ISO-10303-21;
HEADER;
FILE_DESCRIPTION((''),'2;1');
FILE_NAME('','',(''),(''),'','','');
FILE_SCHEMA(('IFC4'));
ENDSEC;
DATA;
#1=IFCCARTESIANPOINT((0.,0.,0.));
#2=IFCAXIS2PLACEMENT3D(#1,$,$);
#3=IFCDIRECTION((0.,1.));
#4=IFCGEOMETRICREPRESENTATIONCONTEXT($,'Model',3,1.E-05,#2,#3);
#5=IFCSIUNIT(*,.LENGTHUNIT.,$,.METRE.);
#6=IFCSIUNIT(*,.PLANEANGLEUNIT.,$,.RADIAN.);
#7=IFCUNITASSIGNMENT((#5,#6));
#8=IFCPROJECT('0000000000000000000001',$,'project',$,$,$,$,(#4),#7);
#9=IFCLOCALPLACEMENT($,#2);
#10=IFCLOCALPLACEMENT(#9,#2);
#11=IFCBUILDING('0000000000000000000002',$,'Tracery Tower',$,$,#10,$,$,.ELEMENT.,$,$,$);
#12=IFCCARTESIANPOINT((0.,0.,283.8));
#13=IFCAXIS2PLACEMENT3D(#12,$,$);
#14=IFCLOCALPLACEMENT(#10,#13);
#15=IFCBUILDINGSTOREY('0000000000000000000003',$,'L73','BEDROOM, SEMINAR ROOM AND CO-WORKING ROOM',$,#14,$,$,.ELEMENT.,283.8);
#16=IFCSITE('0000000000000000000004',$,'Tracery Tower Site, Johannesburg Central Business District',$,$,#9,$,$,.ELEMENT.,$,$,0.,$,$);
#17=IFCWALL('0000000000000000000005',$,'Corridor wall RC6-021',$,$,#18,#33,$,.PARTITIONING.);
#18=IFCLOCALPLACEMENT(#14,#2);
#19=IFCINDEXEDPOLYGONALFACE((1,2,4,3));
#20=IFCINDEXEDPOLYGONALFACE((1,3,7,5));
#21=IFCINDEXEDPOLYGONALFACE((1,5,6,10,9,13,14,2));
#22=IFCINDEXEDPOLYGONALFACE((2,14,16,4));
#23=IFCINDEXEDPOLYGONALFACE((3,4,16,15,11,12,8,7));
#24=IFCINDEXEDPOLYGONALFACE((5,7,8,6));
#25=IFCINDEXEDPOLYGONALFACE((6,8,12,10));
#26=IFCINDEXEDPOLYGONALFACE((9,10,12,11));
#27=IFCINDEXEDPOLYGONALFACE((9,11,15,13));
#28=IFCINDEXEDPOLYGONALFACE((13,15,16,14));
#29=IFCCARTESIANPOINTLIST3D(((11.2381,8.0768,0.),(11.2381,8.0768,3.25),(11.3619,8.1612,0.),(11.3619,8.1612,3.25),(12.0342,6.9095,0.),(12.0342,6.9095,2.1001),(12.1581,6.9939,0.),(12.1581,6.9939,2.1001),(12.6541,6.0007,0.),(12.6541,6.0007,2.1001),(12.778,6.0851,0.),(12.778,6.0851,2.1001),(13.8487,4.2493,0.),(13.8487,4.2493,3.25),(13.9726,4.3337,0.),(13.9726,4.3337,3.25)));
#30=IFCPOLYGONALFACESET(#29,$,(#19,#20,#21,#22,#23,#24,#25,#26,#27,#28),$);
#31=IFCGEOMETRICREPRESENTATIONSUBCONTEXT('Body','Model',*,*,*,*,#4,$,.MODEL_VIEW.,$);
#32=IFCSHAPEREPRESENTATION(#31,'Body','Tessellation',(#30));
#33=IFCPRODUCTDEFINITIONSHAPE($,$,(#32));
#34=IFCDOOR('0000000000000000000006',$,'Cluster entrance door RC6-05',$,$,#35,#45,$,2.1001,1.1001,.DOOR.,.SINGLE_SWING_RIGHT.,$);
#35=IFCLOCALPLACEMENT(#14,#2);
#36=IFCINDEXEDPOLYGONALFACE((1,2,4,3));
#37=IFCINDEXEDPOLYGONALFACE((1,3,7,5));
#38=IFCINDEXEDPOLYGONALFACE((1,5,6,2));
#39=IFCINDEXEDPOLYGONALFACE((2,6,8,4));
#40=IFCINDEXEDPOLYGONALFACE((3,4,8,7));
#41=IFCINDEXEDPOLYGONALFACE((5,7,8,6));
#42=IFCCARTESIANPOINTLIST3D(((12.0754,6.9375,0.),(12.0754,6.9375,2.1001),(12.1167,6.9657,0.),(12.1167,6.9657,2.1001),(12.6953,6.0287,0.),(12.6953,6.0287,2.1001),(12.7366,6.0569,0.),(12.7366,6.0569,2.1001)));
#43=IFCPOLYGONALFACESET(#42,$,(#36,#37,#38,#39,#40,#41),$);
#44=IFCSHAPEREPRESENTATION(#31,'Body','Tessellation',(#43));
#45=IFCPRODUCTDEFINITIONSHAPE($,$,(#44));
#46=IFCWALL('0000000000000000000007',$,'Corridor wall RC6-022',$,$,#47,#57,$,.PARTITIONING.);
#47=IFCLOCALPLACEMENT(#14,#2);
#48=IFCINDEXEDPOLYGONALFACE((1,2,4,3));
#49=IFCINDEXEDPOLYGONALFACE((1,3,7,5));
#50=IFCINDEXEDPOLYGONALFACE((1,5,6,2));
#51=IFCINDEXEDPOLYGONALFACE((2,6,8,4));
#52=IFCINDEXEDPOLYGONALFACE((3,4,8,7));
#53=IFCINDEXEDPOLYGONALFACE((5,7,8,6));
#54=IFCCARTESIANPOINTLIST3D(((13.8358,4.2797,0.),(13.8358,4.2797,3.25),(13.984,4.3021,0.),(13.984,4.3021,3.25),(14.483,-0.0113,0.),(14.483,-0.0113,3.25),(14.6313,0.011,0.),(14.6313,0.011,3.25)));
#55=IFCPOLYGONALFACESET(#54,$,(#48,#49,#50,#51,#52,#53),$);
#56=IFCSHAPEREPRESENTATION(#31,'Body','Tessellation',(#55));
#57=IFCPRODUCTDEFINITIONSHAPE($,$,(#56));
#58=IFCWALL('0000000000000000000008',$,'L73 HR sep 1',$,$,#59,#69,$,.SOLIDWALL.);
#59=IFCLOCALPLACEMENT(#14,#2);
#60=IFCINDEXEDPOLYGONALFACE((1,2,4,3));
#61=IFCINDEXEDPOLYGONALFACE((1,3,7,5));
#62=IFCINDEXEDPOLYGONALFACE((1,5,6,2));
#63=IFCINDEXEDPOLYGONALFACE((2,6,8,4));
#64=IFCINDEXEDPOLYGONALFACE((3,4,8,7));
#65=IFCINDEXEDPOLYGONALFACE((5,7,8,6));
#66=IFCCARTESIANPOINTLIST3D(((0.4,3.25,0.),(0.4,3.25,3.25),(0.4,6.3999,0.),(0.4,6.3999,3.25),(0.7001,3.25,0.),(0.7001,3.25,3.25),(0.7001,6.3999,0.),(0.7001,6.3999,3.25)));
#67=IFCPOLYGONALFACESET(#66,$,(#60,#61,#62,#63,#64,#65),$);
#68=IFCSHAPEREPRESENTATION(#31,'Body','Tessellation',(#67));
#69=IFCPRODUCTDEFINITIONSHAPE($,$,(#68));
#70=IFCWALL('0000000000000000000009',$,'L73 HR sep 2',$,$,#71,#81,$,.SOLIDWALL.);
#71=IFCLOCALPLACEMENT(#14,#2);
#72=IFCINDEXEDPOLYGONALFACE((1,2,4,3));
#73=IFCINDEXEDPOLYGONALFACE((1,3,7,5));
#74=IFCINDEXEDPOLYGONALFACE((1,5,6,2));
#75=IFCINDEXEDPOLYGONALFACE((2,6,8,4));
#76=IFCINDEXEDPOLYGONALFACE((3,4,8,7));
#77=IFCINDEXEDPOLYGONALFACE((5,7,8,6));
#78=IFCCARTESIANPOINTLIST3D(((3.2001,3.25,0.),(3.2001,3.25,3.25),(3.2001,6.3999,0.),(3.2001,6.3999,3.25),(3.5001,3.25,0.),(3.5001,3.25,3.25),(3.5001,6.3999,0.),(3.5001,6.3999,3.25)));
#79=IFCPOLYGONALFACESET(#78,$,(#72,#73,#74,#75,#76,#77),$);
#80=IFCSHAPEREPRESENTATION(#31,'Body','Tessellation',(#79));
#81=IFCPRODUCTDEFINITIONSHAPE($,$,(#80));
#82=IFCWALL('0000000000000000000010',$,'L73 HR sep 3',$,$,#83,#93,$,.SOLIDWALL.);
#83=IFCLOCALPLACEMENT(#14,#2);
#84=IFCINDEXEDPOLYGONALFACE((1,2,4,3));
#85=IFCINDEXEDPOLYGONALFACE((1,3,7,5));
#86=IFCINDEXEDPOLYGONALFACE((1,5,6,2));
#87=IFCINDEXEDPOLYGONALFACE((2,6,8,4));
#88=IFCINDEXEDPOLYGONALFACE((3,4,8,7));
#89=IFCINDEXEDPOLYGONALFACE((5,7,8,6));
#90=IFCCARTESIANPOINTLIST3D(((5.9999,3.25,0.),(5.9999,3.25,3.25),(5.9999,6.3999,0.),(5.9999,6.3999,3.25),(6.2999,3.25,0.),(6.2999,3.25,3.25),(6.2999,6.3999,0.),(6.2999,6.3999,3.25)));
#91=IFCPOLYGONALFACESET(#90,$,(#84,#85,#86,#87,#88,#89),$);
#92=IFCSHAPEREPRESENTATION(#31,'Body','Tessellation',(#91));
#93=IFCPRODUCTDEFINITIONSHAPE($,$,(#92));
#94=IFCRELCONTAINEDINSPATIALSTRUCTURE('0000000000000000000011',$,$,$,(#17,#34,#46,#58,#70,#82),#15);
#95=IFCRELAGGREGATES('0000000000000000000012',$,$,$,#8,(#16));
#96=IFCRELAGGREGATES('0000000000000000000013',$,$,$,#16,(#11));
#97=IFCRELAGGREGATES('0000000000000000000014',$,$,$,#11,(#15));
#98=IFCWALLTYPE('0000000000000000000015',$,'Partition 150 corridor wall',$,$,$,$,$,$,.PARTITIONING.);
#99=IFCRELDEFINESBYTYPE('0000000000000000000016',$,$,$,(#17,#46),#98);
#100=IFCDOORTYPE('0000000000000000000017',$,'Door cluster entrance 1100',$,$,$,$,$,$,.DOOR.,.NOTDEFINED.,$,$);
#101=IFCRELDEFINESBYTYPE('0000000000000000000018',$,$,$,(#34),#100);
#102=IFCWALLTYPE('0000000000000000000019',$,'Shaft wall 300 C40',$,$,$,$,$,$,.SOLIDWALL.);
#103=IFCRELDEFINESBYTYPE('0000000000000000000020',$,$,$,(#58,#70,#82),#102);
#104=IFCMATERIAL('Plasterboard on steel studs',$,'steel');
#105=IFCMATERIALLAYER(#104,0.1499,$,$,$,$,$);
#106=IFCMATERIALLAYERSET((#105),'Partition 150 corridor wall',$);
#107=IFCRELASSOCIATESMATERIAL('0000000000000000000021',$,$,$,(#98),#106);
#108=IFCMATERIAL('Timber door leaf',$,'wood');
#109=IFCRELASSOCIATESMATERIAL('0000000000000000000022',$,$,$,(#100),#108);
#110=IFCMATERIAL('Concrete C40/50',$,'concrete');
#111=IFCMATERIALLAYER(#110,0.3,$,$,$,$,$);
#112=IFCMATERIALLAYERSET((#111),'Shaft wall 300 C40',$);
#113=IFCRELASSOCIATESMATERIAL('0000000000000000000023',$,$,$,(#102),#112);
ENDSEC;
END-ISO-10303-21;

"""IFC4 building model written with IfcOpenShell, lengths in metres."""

from ifc_helpers import new_model, si_unit, direction, frame, frame_2d, origin, place, context, subcontext, project, spatial, rectangle, extrude, material, layer, layer_set, type_object, element, fill, save


model = new_model("IFC4")

# Units and contexts
model_context = context("Model", 3, precision=1e-05, world=origin(), true_north=direction((0.0, 1.0)))
body_context = subcontext(model_context, "Body", "Model", "MODEL_VIEW")
ifc_project = project(units=[si_unit("LENGTHUNIT", "METRE"), si_unit("PLANEANGLEUNIT", "RADIAN")], contexts=[model_context])

# Site, building, storey
site_placement = place(None, origin())
site = spatial("IfcSite", under=ifc_project, at=site_placement, Name="Tracery Tower Site, Johannesburg Central Business District", CompositionType="ELEMENT", RefElevation=0.0)
building_placement = place(site_placement, origin())
building = spatial("IfcBuilding", under=site, at=building_placement, Name="Tracery Tower", CompositionType="ELEMENT")
storey_placement = place(building_placement, frame((0.0, 0.0, 283.8)))
storey = spatial("IfcBuildingStorey", under=building, at=storey_placement, Name="L73", Description="BEDROOM, SEMINAR ROOM AND CO-WORKING ROOM", CompositionType="ELEMENT", Elevation=283.8)

# Shared definitions
ifc_material_1 = material(Name="Plasterboard on steel studs", Category="steel")
ifc_layer_1 = layer(ifc_material_1, 0.1499)
ifc_layer_set_1 = layer_set([ifc_layer_1], Name="Partition 150 corridor wall")
wall_type_1 = type_object("IfcWallType", Name="Partition 150 corridor wall", PredefinedType="PARTITIONING", material=ifc_layer_set_1)

# Wall, opening, door
wall_1_placement = place(storey_placement, frame((11.3, 8.1189, 0.0), z_axis=(0.0, 0.0, 1.0), x_axis=(0.563486, -0.826126, 0.0)))
wall_1 = element("IfcWall", 1, at=wall_1_placement, inside=storey, type_object=wall_type_1, Name="Corridor wall RC6-021", PredefinedType="PARTITIONING", context=body_context, shape_type="SweptSolid", body=[
    extrude(rectangle(XDim=4.6331, YDim=0.1499, at=frame_2d((2.3164, 0.0))), origin(), (0.0, 0.0, 1.0), 3.25),
])
opening_1_placement = place(wall_1_placement, frame((1.4128, 0.0, 0.0)))
opening_1 = element("IfcOpeningElement", 2, at=opening_1_placement, cuts=wall_1, PredefinedType="OPENING", context=body_context, shape_type="SweptSolid", body=[
    extrude(rectangle(XDim=1.1001, YDim=2.1001, at=frame_2d((0.55, 1.05))), frame((0.0, 0.075, 0.0), z_axis=(0.0, -1.0, 0.0), x_axis=(1.0, 0.0, 0.0)), (0.0, 0.0, 1.0), 0.1499),
])
ifc_material_2 = material(Name="Timber door leaf", Category="wood")
door_type_1 = type_object("IfcDoorType", Name="Door cluster entrance 1100", OperationType="NOTDEFINED", PredefinedType="DOOR", material=ifc_material_2)
door_1_placement = place(opening_1_placement, origin())
door_1 = element("IfcDoor", 3, at=door_1_placement, inside=storey, type_object=door_type_1, Name="Cluster entrance door RC6-05", OperationType="SINGLE_SWING_RIGHT", OverallHeight=2.1001, OverallWidth=1.1001, PredefinedType="DOOR", context=body_context, shape_type="SweptSolid", body=[
    extrude(rectangle(XDim=1.1001, YDim=2.1001, at=frame_2d((0.55, 1.05))), frame((0.0, 0.0249, 0.0), z_axis=(0.0, -1.0, 0.0), x_axis=(1.0, 0.0, 0.0)), (0.0, 0.0, 1.0), 0.05),
])
fill(opening_1, door_1)

# Walls
wall_2_placement = place(storey_placement, frame((13.9099, 4.291, 0.0), z_axis=(0.0, 0.0, 1.0), x_axis=(0.149144, -0.988816, 0.0)))
element("IfcWall", 4, at=wall_2_placement, inside=storey, type_object=wall_type_1, Name="Corridor wall RC6-022", PredefinedType="PARTITIONING", context=body_context, shape_type="SweptSolid", body=[
    extrude(rectangle(XDim=4.3396, YDim=0.1499, at=frame_2d((2.1699, 0.0))), origin(), (0.0, 0.0, 1.0), 3.25),
])
ifc_material_3 = material(Name="Concrete C40/50", Category="concrete")
ifc_layer_2 = layer(ifc_material_3, 0.3)
ifc_layer_set_2 = layer_set([ifc_layer_2], Name="Shaft wall 300 C40")
wall_type_2 = type_object("IfcWallType", Name="Shaft wall 300 C40", PredefinedType="SOLIDWALL", material=ifc_layer_set_2)
for number, where, z_axis, x_axis, name in (
    (5, (0.55, 3.25, 0.0), (0.0, 0.0, 1.0), (0.0, 1.0, 0.0), "L73 HR sep 1"),
    (6, (3.3501, 3.25, 0.0), (0.0, 0.0, 1.0), (0.0, 1.0, 0.0), "L73 HR sep 2"),
    (7, (6.1499, 3.25, 0.0), (0.0, 0.0, 1.0), (0.0, 1.0, 0.0), "L73 HR sep 3"),
):
    element("IfcWall", number, at=place(storey_placement, frame(where, z_axis=z_axis, x_axis=x_axis)), inside=storey, type_object=wall_type_2, Name=name, PredefinedType="SOLIDWALL", context=body_context, shape_type="SweptSolid", body=[
        extrude(rectangle(XDim=3.1499, YDim=0.3, at=frame_2d((1.575, 0.0))), origin(), (0.0, 0.0, 1.0), 3.25),
    ])

save(model, "model.ifc")
